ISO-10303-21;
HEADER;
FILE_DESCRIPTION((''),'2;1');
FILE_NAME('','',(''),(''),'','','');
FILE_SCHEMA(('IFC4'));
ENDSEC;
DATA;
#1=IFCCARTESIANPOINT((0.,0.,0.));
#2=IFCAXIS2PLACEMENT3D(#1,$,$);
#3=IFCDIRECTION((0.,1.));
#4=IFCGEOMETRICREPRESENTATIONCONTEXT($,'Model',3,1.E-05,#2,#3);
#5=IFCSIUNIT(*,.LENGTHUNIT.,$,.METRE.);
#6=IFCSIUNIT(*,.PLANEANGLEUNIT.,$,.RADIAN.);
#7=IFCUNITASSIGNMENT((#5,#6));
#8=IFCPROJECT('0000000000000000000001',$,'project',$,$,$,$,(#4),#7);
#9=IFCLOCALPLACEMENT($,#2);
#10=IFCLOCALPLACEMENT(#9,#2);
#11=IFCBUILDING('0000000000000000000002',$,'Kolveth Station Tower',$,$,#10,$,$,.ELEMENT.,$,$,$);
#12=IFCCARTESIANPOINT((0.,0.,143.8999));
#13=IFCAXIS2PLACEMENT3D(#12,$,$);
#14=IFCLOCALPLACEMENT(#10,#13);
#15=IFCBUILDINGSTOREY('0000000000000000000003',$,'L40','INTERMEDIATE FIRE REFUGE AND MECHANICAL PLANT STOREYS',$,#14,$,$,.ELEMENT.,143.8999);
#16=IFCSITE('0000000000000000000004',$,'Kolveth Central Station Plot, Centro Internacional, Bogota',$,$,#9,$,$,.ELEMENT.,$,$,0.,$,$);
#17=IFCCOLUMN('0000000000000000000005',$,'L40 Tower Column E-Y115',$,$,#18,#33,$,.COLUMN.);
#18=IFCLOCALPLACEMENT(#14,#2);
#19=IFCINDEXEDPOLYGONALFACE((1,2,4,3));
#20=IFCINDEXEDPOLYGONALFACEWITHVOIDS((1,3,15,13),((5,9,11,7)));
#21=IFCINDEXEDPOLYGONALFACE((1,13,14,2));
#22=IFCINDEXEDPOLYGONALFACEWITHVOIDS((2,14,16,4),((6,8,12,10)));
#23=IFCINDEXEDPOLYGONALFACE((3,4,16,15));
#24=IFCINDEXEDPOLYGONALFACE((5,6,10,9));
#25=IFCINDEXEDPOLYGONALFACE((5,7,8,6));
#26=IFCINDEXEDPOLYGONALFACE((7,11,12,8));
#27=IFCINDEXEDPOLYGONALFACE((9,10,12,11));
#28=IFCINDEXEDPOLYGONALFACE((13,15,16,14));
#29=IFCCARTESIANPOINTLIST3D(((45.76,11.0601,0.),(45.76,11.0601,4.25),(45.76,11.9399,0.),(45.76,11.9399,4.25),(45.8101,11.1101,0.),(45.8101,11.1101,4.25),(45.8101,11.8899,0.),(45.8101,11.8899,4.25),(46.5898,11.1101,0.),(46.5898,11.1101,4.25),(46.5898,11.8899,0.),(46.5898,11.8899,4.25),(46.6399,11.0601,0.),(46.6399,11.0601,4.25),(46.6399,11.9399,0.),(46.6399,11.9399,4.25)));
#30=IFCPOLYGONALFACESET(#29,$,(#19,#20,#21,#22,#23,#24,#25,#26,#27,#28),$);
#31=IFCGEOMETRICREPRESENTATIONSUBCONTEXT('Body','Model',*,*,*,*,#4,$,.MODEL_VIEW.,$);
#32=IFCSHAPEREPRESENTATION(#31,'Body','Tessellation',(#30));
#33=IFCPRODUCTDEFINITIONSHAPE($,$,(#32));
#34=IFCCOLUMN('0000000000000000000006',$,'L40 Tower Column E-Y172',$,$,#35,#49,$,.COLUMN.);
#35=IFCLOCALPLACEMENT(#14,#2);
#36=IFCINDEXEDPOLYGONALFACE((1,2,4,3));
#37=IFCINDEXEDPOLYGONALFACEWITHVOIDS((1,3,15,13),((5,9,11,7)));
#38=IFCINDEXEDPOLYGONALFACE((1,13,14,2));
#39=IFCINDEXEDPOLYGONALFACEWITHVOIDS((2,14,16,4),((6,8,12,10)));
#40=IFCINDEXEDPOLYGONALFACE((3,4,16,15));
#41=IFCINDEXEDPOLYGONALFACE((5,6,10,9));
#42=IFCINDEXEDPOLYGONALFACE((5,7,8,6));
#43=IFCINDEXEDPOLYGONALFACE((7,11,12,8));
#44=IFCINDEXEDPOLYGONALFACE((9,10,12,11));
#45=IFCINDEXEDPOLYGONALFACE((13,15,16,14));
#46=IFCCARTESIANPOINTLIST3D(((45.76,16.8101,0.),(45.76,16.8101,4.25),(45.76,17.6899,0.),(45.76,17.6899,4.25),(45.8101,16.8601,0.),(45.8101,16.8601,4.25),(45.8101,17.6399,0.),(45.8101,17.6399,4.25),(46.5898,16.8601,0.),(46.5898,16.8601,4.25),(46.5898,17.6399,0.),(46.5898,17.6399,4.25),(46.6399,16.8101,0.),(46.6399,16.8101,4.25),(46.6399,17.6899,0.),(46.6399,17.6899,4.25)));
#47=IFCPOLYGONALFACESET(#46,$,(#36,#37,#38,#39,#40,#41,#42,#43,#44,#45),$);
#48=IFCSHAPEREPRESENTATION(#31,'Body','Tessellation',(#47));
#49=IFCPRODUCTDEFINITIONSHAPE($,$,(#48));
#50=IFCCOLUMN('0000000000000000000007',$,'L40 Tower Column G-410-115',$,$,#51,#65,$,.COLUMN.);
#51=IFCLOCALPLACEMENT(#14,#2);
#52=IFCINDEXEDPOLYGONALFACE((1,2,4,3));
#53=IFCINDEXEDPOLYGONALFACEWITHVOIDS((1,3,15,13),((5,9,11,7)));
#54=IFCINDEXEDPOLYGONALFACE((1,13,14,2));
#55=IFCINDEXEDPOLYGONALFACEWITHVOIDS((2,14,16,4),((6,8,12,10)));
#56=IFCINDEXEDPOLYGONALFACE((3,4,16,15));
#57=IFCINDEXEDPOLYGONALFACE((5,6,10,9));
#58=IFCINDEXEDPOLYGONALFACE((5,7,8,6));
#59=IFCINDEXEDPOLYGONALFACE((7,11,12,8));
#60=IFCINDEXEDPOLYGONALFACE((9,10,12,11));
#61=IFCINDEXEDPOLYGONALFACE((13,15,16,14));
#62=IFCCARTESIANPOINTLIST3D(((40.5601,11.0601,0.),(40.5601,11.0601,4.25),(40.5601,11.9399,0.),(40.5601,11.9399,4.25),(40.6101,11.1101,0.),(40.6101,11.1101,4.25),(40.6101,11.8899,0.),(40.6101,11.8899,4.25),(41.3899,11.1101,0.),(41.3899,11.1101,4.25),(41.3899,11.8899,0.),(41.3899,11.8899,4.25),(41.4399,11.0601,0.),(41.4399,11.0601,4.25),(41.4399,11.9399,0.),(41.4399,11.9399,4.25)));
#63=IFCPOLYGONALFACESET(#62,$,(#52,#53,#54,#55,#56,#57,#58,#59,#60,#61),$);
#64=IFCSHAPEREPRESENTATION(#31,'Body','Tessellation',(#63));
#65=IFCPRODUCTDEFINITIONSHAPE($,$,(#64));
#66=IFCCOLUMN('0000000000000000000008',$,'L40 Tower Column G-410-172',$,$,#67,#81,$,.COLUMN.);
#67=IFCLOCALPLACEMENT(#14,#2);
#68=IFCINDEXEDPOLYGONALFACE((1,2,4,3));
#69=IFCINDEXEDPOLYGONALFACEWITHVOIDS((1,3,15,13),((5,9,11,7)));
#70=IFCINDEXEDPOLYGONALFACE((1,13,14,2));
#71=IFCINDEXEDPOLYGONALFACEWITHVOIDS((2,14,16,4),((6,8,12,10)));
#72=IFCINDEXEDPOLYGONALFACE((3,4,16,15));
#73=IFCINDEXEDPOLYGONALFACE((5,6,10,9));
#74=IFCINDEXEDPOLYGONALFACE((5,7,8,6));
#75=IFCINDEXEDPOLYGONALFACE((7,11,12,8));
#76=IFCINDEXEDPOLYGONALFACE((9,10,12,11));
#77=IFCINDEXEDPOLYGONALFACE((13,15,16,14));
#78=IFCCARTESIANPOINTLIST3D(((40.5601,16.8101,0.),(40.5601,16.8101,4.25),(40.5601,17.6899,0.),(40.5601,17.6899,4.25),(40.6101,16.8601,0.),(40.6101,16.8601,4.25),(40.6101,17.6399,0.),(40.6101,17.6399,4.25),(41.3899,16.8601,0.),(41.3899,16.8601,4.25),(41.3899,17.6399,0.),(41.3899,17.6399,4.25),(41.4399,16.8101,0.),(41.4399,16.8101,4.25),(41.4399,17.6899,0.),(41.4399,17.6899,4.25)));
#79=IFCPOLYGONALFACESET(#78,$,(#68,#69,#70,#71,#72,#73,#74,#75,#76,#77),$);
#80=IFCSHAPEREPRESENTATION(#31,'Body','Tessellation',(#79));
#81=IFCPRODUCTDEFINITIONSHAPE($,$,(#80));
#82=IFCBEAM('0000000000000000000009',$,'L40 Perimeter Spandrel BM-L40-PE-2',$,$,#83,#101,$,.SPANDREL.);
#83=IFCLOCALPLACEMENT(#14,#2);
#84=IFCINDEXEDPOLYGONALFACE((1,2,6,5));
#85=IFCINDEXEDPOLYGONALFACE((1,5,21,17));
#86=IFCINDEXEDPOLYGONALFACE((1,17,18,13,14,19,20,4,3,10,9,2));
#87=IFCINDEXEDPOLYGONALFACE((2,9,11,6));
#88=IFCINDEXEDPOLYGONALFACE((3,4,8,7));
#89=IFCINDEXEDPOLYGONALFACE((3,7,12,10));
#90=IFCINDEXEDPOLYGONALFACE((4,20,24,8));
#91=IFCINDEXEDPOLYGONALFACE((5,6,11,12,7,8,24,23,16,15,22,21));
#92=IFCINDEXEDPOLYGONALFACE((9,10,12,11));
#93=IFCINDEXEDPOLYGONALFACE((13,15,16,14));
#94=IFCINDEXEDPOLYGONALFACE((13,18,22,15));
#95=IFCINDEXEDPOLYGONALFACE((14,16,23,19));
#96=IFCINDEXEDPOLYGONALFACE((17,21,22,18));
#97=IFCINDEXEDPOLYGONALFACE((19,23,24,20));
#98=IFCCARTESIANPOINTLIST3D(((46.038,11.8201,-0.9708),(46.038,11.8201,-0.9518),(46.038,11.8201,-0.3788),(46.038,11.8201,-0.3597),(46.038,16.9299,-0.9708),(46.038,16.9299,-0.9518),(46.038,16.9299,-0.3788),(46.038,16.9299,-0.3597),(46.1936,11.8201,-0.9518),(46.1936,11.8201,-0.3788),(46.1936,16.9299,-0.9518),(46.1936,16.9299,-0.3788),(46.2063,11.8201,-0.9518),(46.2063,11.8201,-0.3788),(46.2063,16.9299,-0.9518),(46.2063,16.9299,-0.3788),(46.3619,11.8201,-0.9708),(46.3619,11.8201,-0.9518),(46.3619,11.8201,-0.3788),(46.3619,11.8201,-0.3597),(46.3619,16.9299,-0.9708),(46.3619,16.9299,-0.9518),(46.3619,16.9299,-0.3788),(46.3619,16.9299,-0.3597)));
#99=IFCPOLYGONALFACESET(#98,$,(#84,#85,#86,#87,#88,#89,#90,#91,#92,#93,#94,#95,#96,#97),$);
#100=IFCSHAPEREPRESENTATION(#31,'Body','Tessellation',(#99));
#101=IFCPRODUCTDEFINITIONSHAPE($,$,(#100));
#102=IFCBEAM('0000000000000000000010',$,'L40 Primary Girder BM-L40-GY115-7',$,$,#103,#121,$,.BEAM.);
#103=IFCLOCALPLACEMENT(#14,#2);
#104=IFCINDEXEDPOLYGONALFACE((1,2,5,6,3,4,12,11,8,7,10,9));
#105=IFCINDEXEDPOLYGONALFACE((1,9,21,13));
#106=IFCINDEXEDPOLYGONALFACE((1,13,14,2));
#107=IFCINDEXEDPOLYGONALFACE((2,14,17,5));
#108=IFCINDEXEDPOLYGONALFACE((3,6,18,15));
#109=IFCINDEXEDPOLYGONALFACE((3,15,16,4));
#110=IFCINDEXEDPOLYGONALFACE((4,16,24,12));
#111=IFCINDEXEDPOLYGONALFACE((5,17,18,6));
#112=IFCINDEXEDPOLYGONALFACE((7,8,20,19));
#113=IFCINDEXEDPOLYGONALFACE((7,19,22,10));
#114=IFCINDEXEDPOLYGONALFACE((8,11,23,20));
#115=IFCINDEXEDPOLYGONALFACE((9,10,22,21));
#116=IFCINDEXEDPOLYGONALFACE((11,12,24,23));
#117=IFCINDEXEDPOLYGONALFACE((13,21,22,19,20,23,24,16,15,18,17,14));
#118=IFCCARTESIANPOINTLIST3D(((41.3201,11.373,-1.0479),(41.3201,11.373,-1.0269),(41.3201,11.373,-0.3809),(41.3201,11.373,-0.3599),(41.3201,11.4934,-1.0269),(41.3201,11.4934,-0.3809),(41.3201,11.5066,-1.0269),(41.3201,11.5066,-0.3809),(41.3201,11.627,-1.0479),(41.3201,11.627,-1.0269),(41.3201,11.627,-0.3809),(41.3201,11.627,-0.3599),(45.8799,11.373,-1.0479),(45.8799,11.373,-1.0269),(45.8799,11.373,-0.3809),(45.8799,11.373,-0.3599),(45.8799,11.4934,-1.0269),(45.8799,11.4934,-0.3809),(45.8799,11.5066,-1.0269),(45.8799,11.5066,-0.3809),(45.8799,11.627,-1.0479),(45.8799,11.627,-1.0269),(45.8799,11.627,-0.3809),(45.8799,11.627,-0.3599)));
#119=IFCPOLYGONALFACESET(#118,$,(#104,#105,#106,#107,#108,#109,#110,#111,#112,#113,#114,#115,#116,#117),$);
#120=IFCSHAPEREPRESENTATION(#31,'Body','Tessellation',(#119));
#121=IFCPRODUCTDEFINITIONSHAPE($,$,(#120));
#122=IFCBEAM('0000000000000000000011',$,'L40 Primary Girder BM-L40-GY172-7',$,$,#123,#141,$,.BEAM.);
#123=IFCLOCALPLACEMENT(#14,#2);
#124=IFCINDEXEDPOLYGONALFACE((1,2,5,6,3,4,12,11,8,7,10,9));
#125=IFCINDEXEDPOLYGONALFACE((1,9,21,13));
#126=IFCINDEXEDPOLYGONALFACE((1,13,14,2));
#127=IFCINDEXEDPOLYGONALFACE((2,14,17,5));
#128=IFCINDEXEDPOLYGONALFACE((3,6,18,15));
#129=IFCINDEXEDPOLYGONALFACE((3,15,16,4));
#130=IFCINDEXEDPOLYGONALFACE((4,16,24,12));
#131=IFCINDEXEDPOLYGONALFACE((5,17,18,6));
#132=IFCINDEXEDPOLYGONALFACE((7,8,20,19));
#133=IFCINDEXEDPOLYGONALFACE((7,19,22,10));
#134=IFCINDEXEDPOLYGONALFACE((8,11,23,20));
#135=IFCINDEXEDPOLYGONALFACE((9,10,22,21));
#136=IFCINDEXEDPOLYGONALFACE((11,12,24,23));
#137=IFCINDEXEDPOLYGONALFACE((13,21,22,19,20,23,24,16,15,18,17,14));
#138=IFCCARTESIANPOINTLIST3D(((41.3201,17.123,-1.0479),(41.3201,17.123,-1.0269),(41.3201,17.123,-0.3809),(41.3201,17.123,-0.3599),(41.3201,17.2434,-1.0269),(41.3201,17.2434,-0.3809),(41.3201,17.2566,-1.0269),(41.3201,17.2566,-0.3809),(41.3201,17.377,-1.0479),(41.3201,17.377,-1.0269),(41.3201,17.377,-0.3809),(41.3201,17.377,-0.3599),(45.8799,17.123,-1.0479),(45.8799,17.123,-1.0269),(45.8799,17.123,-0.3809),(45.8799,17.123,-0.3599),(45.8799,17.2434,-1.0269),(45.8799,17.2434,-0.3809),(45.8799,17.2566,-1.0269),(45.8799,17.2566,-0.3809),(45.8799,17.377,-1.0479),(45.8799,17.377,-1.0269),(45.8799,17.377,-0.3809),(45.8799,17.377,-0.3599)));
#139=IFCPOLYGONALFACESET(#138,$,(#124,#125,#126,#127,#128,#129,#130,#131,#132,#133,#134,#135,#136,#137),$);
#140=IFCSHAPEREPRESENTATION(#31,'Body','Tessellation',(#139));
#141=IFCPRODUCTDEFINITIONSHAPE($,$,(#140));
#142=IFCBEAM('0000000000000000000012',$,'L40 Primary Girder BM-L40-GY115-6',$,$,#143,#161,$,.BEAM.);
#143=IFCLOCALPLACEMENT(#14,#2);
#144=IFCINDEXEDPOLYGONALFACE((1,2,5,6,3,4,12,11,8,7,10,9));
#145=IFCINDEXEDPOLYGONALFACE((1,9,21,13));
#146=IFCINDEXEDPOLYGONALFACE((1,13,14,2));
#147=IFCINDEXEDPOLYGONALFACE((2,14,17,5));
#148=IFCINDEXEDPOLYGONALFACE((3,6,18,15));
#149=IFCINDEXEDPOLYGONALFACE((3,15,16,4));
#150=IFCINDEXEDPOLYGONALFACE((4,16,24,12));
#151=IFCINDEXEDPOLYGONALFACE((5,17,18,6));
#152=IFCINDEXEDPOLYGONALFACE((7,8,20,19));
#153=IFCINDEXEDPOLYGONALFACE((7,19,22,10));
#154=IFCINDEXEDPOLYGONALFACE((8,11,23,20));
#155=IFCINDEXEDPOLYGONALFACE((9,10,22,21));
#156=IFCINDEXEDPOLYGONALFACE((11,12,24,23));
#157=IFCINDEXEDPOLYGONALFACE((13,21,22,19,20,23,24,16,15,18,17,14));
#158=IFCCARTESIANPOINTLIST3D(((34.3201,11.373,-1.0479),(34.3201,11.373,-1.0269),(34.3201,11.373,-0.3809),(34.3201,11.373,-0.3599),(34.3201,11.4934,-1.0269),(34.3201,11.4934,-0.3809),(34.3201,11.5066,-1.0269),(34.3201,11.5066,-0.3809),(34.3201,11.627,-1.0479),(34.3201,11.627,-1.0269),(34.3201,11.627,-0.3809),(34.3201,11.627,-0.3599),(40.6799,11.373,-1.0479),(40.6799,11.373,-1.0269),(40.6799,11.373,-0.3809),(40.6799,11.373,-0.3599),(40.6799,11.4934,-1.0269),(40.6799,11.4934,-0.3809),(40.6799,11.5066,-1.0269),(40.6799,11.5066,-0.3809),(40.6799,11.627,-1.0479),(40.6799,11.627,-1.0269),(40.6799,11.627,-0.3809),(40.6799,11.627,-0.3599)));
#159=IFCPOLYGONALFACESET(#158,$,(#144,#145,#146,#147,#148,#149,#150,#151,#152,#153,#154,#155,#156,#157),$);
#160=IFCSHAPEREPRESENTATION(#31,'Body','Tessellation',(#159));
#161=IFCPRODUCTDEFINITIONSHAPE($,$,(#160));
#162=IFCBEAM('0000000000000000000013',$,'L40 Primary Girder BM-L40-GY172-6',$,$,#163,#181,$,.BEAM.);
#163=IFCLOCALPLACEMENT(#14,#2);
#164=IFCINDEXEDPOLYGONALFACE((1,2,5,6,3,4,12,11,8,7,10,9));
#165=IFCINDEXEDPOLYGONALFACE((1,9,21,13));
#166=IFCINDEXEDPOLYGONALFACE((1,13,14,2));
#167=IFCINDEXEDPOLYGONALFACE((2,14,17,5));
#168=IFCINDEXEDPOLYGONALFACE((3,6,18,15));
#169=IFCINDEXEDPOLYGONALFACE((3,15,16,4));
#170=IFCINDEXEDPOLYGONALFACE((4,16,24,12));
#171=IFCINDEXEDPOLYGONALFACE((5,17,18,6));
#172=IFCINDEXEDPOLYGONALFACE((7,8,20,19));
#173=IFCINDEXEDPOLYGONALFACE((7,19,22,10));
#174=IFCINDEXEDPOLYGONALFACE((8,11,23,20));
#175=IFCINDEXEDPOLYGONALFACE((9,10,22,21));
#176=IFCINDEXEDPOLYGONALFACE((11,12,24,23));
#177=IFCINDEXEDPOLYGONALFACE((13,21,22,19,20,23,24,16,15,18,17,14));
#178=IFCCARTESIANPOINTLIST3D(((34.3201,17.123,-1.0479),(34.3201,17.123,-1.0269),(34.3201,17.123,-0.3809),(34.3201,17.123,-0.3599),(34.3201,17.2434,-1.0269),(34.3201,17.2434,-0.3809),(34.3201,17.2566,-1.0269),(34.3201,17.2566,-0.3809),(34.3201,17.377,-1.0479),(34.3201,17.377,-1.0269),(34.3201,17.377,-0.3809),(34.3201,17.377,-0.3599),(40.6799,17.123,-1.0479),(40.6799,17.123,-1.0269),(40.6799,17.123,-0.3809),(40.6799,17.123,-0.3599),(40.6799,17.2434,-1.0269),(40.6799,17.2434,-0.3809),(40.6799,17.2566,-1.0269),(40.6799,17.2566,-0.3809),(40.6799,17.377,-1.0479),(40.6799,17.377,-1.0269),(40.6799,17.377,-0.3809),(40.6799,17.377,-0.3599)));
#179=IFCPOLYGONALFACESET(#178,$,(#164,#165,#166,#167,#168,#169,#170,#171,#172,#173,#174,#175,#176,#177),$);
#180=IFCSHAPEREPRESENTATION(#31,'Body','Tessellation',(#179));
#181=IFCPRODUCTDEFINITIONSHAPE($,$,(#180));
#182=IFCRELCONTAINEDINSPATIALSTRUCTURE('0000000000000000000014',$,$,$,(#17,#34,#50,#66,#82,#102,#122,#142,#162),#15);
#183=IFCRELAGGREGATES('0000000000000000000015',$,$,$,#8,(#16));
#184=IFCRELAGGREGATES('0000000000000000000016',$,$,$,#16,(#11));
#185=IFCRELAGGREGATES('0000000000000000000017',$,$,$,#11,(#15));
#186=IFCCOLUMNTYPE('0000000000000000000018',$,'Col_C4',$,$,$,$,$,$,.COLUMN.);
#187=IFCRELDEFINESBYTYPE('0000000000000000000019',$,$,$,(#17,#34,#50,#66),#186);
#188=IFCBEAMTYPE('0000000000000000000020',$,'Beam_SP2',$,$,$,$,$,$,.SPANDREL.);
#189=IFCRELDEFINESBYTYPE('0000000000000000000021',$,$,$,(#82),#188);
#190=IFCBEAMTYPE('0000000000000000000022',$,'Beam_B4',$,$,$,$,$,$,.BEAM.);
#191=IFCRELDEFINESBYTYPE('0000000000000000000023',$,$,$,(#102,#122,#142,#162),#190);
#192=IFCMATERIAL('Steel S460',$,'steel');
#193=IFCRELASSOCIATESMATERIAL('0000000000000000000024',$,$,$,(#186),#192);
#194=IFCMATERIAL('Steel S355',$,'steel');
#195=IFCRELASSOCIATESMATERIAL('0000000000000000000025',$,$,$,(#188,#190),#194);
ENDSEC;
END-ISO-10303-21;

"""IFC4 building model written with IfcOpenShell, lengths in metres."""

from ifc_helpers import new_model, si_unit, direction, frame, origin, origin_2d, place, context, subcontext, project, spatial, hollow_rectangle, i_section, extrude, source, transform, mapped, material, material_profile, profile_set, type_object, element, save


model = new_model("IFC4")

# Units and contexts
model_context = context("Model", 3, precision=1e-05, world=origin(), true_north=direction((0.0, 1.0)))
body_context = subcontext(model_context, "Body", "Model", "MODEL_VIEW")
ifc_project = project(units=[si_unit("LENGTHUNIT", "METRE"), si_unit("PLANEANGLEUNIT", "RADIAN")], contexts=[model_context])

# Site, building, storey
site_placement = place(None, origin())
site = spatial("IfcSite", under=ifc_project, at=site_placement, Name="Kolveth Central Station Plot, Centro Internacional, Bogota", CompositionType="ELEMENT", RefElevation=0.0)
building_placement = place(site_placement, origin())
building = spatial("IfcBuilding", under=site, at=building_placement, Name="Kolveth Station Tower", CompositionType="ELEMENT")
storey_placement = place(building_placement, frame((0.0, 0.0, 143.8999)))
storey = spatial("IfcBuildingStorey", under=building, at=storey_placement, Name="L40", Description="INTERMEDIATE FIRE REFUGE AND MECHANICAL PLANT STOREYS", CompositionType="ELEMENT", Elevation=143.8999)

# Columns
ifc_material_1 = material(Name="Steel S460", Category="steel")
ifc_material_profile_1 = material_profile(ifc_material_1, hollow_rectangle(XDim=0.8799, YDim=0.8799, WallThickness=0.05, at=origin_2d()), Name="BOX880x880x50")
ifc_profile_set_1 = profile_set([ifc_material_profile_1], Name="Steel S460")
column_type = type_object("IfcColumnType", Name="Col_C4", PredefinedType="COLUMN", material=ifc_profile_set_1)
shared_shape_1 = source(origin(), body_context, "Body", "SweptSolid", [
    extrude(hollow_rectangle(XDim=0.8799, YDim=0.8799, WallThickness=0.05, at=origin_2d()), origin(), (0.0, 0.0, 1.0), 4.25),
])
for number, where, z_axis, x_axis, name in (
    (1, (46.2, 11.5, 0.0), (0.0, 0.0, 1.0), (1.0, 0.0, 0.0), "L40 Tower Column E-Y115"),
    (2, (46.2, 17.25, 0.0), (0.0, 0.0, 1.0), (1.0, 0.0, 0.0), "L40 Tower Column E-Y172"),
    (3, (41.0, 11.5, 0.0), (0.0, 0.0, 1.0), (1.0, 0.0, 0.0), "L40 Tower Column G-410-115"),
    (4, (41.0, 17.25, 0.0), (0.0, 0.0, 1.0), (1.0, 0.0, 0.0), "L40 Tower Column G-410-172"),
):
    element("IfcColumn", number, at=place(storey_placement, frame(where, z_axis=z_axis, x_axis=x_axis)), inside=storey, type_object=column_type, Name=name, PredefinedType="COLUMN", context=body_context, shape_type="MappedRepresentation", body=[
        mapped(shared_shape_1, transform((0.0, 0.0, 0.0), x_axis=(1.0, 0.0, 0.0), y_axis=(0.0, 1.0, 0.0), z_axis=(0.0, 0.0, 1.0), scale=1.0)),
    ])

# Beams
ifc_material_2 = material(Name="Steel S355", Category="steel")
ifc_material_profile_2 = material_profile(ifc_material_2, i_section(OverallWidth=0.324, OverallDepth=0.6111, WebThickness=0.0127, FlangeThickness=0.019, at=origin_2d()), Name="W610x155")
ifc_profile_set_2 = profile_set([ifc_material_profile_2], Name="Steel S355")
beam_type_1 = type_object("IfcBeamType", Name="Beam_SP2", PredefinedType="SPANDREL", material=ifc_profile_set_2)
shared_shape_2 = source(origin(), body_context, "Body", "SweptSolid", [
    extrude(i_section(OverallWidth=0.324, OverallDepth=0.6111, WebThickness=0.0127, FlangeThickness=0.019, at=origin_2d()), origin(), (0.0, 0.0, 1.0), 5.1099),
])
beam_1_placement = place(storey_placement, frame((46.2, 11.8201, -0.6653), z_axis=(0.0, 1.0, 0.0), x_axis=(-1.0, 0.0, 0.0)))
element("IfcBeam", 5, at=beam_1_placement, inside=storey, type_object=beam_type_1, Name="L40 Perimeter Spandrel BM-L40-PE-2", PredefinedType="SPANDREL", context=body_context, shape_type="MappedRepresentation", body=[
    mapped(shared_shape_2, transform((0.0, 0.0, 0.0), x_axis=(1.0, 0.0, 0.0), y_axis=(0.0, 1.0, 0.0), z_axis=(0.0, 0.0, 1.0), scale=1.0)),
])
ifc_material_profile_3 = material_profile(ifc_material_2, i_section(OverallWidth=0.2539, OverallDepth=0.688, WebThickness=0.0132, FlangeThickness=0.021, at=origin_2d()), Name="W690x152")
ifc_profile_set_3 = profile_set([ifc_material_profile_3], Name="Steel S355")
beam_type_2 = type_object("IfcBeamType", Name="Beam_B4", PredefinedType="BEAM", material=ifc_profile_set_3)
shared_shape_3 = source(origin(), body_context, "Body", "SweptSolid", [
    extrude(i_section(OverallWidth=0.2539, OverallDepth=0.688, WebThickness=0.0132, FlangeThickness=0.021, at=origin_2d()), origin(), (0.0, 0.0, 1.0), 4.5598),
])
for number, where, z_axis, x_axis, name in (
    (6, (41.3201, 11.5, -0.7039), (1.0, 0.0, 0.0), (0.0, 1.0, 0.0), "L40 Primary Girder BM-L40-GY115-7"),
    (7, (41.3201, 17.25, -0.7039), (1.0, 0.0, 0.0), (0.0, 1.0, 0.0), "L40 Primary Girder BM-L40-GY172-7"),
):
    element("IfcBeam", number, at=place(storey_placement, frame(where, z_axis=z_axis, x_axis=x_axis)), inside=storey, type_object=beam_type_2, Name=name, PredefinedType="BEAM", context=body_context, shape_type="MappedRepresentation", body=[
        mapped(shared_shape_3, transform((0.0, 0.0, 0.0), x_axis=(1.0, 0.0, 0.0), y_axis=(0.0, 1.0, 0.0), z_axis=(0.0, 0.0, 1.0), scale=1.0)),
    ])
shared_shape_4 = source(origin(), body_context, "Body", "SweptSolid", [
    extrude(i_section(OverallWidth=0.2539, OverallDepth=0.688, WebThickness=0.0132, FlangeThickness=0.021, at=origin_2d()), origin(), (0.0, 0.0, 1.0), 6.3599),
])
for number, where, z_axis, x_axis, name in (
    (8, (34.3201, 11.5, -0.7039), (1.0, 0.0, 0.0), (0.0, 1.0, 0.0), "L40 Primary Girder BM-L40-GY115-6"),
    (9, (34.3201, 17.25, -0.7039), (1.0, 0.0, 0.0), (0.0, 1.0, 0.0), "L40 Primary Girder BM-L40-GY172-6"),
):
    element("IfcBeam", number, at=place(storey_placement, frame(where, z_axis=z_axis, x_axis=x_axis)), inside=storey, type_object=beam_type_2, Name=name, PredefinedType="BEAM", context=body_context, shape_type="MappedRepresentation", body=[
        mapped(shared_shape_4, transform((0.0, 0.0, 0.0), x_axis=(1.0, 0.0, 0.0), y_axis=(0.0, 1.0, 0.0), z_axis=(0.0, 0.0, 1.0), scale=1.0)),
    ])

save(model, "model.ifc")
